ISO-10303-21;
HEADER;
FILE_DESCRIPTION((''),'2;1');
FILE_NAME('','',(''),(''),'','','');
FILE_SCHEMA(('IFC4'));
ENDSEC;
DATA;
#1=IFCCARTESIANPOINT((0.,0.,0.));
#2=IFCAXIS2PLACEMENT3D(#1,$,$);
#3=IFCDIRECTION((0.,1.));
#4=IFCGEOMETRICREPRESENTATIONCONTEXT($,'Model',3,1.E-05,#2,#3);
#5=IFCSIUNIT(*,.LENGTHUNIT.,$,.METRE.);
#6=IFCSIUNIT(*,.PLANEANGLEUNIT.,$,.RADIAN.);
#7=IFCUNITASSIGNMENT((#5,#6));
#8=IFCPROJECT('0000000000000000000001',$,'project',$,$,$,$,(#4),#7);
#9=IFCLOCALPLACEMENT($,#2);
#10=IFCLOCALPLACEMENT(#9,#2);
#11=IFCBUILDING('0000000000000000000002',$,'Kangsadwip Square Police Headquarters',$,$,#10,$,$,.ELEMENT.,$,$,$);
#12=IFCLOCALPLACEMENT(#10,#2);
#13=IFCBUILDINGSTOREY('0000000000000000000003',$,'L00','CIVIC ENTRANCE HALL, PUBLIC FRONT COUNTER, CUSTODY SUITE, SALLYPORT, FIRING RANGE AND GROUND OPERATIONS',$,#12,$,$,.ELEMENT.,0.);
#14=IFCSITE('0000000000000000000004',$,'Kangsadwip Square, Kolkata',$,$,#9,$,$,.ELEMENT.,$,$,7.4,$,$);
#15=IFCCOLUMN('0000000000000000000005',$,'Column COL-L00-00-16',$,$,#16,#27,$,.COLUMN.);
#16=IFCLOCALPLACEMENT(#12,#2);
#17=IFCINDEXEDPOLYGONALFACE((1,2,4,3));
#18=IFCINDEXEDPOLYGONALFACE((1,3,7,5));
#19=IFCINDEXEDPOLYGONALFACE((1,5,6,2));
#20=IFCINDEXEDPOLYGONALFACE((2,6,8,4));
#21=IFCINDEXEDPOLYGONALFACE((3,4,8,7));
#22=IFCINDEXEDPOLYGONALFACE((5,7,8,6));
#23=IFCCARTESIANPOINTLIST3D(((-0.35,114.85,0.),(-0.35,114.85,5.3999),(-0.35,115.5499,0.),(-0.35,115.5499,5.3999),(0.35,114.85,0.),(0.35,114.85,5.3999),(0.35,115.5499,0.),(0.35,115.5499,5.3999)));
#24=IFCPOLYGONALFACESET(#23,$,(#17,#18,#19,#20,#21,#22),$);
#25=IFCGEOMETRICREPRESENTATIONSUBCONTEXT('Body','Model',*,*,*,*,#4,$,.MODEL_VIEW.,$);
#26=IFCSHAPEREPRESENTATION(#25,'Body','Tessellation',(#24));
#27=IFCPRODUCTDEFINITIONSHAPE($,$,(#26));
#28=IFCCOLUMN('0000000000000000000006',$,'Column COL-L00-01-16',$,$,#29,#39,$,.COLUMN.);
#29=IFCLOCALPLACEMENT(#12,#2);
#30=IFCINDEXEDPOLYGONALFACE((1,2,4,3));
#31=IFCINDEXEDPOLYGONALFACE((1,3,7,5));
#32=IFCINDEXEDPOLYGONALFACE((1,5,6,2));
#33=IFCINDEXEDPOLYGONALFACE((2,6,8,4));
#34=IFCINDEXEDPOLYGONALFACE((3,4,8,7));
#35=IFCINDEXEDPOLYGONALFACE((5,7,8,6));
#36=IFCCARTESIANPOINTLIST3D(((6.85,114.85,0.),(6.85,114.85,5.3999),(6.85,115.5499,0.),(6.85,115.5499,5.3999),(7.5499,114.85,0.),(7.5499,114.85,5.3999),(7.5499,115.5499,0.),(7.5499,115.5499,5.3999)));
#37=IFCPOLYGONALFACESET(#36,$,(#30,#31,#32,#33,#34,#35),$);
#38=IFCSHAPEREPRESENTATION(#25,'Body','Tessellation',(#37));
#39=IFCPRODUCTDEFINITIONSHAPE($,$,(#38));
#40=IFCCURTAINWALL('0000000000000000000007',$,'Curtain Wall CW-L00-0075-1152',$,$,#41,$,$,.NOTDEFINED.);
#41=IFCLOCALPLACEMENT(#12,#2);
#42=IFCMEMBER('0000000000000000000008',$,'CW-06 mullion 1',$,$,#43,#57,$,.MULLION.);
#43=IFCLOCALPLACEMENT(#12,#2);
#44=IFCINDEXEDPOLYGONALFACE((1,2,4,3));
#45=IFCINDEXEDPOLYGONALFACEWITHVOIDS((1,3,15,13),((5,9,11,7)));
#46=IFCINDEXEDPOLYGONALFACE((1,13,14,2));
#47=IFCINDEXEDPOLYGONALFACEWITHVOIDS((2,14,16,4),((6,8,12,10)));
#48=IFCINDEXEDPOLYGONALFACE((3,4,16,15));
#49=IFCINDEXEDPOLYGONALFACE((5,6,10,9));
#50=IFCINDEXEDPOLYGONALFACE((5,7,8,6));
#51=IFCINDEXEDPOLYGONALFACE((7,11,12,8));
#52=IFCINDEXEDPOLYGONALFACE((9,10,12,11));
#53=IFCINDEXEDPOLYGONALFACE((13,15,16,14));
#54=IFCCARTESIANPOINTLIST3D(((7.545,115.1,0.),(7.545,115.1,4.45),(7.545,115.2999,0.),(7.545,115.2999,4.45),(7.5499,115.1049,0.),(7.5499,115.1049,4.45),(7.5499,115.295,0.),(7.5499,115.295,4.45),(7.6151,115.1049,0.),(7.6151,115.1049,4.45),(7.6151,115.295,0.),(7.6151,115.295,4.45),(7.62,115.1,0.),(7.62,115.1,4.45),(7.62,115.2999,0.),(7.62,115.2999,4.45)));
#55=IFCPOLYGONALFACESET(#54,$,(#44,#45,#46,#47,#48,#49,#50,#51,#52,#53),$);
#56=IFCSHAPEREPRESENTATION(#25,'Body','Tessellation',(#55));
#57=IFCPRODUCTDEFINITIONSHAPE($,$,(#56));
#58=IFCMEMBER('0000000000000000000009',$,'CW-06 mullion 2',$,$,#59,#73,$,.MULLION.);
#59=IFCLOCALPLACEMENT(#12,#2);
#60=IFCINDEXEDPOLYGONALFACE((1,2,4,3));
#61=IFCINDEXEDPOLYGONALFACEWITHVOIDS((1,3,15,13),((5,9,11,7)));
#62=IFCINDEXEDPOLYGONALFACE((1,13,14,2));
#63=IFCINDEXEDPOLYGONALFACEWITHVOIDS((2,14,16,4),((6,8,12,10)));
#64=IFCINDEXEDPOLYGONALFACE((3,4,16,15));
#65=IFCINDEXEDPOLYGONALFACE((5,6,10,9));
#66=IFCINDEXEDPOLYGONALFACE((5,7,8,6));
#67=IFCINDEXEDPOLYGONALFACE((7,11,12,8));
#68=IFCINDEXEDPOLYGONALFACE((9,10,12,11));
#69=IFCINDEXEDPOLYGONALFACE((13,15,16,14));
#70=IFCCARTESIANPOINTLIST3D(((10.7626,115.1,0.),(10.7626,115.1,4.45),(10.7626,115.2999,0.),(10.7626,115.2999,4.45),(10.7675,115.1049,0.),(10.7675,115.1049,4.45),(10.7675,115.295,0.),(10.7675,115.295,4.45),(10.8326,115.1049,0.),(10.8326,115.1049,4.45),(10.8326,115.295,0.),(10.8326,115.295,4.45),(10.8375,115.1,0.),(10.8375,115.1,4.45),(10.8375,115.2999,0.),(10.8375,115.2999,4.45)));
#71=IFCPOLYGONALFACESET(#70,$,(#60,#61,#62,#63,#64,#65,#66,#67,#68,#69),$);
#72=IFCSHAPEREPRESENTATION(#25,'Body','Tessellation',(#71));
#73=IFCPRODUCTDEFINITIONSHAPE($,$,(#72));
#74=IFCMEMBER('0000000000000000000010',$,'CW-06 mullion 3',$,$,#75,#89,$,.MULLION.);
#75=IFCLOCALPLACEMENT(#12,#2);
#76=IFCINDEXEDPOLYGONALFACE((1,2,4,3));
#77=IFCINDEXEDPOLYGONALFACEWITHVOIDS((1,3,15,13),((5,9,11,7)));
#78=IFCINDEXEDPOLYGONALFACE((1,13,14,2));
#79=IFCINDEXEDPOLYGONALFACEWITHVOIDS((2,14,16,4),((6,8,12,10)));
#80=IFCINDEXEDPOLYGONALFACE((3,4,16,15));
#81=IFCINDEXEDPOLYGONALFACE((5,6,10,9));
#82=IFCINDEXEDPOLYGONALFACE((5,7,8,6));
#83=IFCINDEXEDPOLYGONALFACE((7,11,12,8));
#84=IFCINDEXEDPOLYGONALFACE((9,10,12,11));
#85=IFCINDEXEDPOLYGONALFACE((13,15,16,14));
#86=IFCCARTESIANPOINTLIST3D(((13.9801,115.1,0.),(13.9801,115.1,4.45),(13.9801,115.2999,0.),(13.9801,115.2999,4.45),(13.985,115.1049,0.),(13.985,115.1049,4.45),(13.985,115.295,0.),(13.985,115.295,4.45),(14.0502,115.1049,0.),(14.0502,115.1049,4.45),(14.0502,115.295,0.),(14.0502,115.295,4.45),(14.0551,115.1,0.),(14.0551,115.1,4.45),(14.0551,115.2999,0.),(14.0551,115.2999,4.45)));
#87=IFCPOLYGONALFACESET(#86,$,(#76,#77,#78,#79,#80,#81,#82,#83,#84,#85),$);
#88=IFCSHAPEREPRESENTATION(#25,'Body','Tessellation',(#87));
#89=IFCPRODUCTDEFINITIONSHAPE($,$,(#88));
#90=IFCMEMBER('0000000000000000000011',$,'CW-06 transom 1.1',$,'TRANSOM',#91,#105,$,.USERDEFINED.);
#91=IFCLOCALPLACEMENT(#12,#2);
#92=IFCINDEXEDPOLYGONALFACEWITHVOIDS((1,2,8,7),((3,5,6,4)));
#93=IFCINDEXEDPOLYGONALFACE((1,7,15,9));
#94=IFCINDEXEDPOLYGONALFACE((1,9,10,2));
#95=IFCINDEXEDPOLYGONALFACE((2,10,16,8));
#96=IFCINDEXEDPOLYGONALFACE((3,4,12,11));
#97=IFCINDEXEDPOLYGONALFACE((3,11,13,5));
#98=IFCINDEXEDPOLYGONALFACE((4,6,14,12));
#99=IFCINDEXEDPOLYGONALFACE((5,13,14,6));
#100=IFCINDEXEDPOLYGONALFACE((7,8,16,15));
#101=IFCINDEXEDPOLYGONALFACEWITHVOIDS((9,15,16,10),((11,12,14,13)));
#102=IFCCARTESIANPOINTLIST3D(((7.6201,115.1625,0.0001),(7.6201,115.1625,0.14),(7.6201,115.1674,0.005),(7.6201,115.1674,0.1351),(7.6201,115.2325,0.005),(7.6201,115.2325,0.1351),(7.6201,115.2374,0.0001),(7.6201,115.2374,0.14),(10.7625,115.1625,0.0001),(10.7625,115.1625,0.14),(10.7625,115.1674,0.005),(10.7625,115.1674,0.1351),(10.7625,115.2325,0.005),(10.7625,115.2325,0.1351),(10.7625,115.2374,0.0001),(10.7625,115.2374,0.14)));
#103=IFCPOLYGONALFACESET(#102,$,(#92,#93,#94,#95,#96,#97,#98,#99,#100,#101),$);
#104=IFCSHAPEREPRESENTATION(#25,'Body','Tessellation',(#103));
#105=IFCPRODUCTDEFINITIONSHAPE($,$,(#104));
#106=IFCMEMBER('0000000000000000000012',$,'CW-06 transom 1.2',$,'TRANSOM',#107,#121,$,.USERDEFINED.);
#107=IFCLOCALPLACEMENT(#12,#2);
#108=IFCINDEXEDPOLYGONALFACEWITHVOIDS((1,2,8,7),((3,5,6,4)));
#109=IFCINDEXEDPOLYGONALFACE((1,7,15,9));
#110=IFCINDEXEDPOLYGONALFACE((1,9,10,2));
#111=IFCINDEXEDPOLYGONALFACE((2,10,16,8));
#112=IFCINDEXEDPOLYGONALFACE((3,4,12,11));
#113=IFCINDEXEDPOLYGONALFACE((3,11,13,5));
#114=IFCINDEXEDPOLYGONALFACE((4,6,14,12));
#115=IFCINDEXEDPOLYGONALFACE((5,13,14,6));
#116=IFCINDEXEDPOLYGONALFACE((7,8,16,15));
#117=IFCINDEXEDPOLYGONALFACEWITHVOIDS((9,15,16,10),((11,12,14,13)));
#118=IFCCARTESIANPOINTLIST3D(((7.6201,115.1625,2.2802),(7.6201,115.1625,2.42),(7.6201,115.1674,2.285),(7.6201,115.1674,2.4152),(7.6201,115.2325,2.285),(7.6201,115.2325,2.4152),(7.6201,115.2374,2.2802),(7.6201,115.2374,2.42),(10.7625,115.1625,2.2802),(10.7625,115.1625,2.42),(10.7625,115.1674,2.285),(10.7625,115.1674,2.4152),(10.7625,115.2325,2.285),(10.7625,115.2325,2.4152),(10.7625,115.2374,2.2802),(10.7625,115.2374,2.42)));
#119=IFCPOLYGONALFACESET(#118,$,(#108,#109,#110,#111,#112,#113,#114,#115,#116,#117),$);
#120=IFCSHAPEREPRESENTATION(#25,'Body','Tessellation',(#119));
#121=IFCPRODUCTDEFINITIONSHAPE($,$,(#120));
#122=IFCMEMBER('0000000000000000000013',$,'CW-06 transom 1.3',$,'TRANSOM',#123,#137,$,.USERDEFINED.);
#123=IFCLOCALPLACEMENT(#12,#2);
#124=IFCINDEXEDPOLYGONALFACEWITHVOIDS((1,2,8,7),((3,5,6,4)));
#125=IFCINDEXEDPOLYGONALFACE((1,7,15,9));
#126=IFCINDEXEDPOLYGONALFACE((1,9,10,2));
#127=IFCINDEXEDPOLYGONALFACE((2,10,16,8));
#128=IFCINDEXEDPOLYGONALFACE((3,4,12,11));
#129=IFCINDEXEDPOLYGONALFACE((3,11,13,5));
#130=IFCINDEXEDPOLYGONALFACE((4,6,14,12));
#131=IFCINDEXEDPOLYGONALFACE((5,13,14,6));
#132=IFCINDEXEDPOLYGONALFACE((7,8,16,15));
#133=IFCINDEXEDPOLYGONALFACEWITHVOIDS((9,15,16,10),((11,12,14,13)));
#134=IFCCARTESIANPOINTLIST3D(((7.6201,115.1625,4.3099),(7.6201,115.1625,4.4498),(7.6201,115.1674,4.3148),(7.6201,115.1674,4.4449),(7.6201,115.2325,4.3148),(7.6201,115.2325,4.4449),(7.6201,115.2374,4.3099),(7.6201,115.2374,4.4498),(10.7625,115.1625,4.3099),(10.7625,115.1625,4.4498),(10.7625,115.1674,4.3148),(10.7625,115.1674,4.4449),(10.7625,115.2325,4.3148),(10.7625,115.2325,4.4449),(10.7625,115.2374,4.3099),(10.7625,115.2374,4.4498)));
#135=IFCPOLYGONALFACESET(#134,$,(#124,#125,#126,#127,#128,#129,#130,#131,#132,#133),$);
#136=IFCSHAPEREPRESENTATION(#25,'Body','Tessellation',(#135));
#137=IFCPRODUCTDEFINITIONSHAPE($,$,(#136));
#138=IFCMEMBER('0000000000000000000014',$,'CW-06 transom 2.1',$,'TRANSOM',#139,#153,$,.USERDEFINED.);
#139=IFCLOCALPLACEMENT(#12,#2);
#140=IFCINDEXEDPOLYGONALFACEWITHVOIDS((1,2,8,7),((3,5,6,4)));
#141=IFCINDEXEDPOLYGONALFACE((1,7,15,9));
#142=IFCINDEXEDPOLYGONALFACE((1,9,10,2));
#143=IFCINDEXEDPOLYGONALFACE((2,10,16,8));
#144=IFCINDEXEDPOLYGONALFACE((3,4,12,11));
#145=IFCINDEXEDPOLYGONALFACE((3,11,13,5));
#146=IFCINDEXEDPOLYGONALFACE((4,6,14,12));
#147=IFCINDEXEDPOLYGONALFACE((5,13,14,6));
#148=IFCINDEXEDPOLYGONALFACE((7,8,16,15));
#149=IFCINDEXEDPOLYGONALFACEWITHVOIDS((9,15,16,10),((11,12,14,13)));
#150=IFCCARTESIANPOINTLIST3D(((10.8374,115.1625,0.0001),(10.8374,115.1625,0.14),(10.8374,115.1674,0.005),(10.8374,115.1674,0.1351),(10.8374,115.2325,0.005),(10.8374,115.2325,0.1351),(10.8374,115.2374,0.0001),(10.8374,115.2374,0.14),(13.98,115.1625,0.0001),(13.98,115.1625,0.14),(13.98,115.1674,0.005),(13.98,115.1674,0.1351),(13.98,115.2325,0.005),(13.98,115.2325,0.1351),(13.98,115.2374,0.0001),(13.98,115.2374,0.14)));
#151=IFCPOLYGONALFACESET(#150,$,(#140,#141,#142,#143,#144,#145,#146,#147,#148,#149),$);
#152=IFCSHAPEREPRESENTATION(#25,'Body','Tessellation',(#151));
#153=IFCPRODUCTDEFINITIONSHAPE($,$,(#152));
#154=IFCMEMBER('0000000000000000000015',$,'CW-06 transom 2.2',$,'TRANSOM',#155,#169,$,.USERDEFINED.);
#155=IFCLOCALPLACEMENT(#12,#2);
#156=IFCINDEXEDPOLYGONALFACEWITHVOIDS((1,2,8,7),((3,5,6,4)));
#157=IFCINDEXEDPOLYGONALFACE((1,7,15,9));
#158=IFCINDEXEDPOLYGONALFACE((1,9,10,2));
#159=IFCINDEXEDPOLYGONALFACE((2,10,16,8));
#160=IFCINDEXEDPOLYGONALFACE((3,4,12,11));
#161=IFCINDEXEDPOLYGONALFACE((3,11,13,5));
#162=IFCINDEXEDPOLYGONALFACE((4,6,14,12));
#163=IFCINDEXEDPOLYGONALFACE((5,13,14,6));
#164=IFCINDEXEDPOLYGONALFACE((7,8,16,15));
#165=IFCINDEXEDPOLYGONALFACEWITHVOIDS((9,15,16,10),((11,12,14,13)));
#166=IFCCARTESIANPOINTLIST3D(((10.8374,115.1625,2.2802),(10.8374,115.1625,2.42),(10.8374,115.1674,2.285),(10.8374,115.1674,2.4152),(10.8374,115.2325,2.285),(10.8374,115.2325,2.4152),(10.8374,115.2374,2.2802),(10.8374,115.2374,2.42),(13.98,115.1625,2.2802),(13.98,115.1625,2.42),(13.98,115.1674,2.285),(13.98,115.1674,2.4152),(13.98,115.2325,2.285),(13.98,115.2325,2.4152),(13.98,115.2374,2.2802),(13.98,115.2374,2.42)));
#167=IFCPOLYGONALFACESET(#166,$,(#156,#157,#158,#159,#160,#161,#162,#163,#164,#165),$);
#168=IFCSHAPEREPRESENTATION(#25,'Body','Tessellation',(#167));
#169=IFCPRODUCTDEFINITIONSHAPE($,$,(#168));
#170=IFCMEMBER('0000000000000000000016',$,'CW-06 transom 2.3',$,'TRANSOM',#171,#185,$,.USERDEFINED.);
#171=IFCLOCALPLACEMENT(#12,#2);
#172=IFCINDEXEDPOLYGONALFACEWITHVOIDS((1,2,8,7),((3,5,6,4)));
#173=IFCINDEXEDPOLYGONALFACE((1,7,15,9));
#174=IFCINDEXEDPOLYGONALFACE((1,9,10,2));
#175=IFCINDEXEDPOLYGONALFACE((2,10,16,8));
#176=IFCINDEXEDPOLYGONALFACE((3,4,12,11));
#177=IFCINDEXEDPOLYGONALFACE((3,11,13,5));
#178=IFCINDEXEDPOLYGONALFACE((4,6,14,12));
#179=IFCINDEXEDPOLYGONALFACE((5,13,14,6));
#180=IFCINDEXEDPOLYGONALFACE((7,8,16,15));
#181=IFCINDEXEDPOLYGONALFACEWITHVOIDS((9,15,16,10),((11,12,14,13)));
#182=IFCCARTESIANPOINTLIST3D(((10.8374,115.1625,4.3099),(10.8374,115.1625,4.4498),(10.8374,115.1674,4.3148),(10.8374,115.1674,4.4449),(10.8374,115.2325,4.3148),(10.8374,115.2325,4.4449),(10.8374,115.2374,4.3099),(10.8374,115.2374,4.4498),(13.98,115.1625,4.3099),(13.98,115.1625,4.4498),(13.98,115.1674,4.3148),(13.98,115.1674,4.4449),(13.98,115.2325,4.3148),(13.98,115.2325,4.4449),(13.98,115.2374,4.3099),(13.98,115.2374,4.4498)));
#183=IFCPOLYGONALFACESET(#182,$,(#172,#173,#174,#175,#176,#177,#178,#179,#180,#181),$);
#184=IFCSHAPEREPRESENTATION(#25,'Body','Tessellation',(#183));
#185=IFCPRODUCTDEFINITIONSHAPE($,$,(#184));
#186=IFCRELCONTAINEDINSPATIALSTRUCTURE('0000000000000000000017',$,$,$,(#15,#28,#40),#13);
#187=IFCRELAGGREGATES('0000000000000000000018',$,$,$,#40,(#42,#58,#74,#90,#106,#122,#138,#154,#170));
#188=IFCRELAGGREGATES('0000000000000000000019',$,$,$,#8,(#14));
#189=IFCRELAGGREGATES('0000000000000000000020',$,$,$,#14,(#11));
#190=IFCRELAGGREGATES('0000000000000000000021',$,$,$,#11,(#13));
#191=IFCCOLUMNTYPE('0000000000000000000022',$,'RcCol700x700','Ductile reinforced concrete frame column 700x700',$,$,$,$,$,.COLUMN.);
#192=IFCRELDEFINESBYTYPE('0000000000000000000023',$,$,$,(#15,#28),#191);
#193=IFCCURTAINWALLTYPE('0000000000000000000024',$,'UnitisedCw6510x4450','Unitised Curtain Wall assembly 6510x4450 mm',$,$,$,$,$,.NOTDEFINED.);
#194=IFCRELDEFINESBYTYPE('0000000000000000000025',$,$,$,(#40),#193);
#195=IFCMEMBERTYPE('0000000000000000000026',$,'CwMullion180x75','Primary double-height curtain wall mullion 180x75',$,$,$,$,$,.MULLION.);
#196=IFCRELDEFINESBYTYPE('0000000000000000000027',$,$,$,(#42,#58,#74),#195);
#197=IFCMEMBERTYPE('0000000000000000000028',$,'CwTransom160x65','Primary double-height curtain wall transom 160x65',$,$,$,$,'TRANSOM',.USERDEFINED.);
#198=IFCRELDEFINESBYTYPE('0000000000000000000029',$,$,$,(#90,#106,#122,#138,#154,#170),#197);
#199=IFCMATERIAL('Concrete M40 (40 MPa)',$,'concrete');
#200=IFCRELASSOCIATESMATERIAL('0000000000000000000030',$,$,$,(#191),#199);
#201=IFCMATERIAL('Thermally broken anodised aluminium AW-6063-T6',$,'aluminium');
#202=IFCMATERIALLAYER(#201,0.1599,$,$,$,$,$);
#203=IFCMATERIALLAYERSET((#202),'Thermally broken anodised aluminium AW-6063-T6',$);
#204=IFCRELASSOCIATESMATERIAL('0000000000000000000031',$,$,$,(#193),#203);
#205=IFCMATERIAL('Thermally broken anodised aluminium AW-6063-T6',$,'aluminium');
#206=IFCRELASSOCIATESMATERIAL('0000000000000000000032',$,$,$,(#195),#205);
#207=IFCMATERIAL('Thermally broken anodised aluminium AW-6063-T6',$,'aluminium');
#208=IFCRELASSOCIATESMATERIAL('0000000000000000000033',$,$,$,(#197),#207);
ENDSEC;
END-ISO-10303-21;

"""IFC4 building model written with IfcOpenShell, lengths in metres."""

from ifc_helpers import new_model, si_unit, direction, frame, origin, origin_2d, place, context, subcontext, project, spatial, rectangle, hollow_rectangle, extrude, material, layer, layer_set, material_profile, profile_set, type_object, element, aggregate, save


model = new_model("IFC4")

# Units and contexts
model_context = context("Model", 3, precision=1e-05, world=origin(), true_north=direction((0.0, 1.0)))
body_context = subcontext(model_context, "Body", "Model", "MODEL_VIEW")
ifc_project = project(units=[si_unit("LENGTHUNIT", "METRE"), si_unit("PLANEANGLEUNIT", "RADIAN")], contexts=[model_context])

# Site, building, storey
site_placement = place(None, origin())
site = spatial("IfcSite", under=ifc_project, at=site_placement, Name="Kangsadwip Square, Kolkata", CompositionType="ELEMENT", RefElevation=7.4)
building_placement = place(site_placement, origin())
building = spatial("IfcBuilding", under=site, at=building_placement, Name="Kangsadwip Square Police Headquarters", CompositionType="ELEMENT")
storey_placement = place(building_placement, origin())
storey = spatial("IfcBuildingStorey", under=building, at=storey_placement, Name="L00", Description="CIVIC ENTRANCE HALL, PUBLIC FRONT COUNTER, CUSTODY SUITE, SALLYPORT, FIRING RANGE AND GROUND OPERATIONS", CompositionType="ELEMENT", Elevation=0.0)

# Columns
ifc_material_1 = material(Name="Concrete M40 (40 MPa)", Category="concrete")
ifc_material_profile_1 = material_profile(ifc_material_1, rectangle(XDim=0.7, YDim=0.7, at=origin_2d()), Name="RC COL 700X700")
ifc_profile_set_1 = profile_set([ifc_material_profile_1], Name="Concrete M40 (40 MPa)")
column_type = type_object("IfcColumnType", Name="RcCol700x700", Description="Ductile reinforced concrete frame column 700x700", PredefinedType="COLUMN", material=ifc_profile_set_1)
for number, where, z_axis, x_axis, name in (
    (1, (0.0, 115.2, 0.0), (0.0, 0.0, 1.0), (1.0, 0.0, 0.0), "Column COL-L00-00-16"),
    (2, (7.2, 115.2, 0.0), (0.0, 0.0, 1.0), (1.0, 0.0, 0.0), "Column COL-L00-01-16"),
):
    element("IfcColumn", number, at=place(storey_placement, frame(where, z_axis=z_axis, x_axis=x_axis)), inside=storey, type_object=column_type, Name=name, PredefinedType="COLUMN", context=body_context, shape_type="SweptSolid", body=[
        extrude(rectangle(XDim=0.7, YDim=0.7, at=origin_2d()), origin(), (0.0, 0.0, 1.0), 5.3999),
    ])

# Curtain wall, members
ifc_material_2 = material(Name="Thermally broken anodised aluminium AW-6063-T6", Category="aluminium")
ifc_layer_1 = layer(ifc_material_2, 0.1599)
ifc_layer_set_1 = layer_set([ifc_layer_1], Name="Thermally broken anodised aluminium AW-6063-T6")
curtain_wall_type = type_object("IfcCurtainWallType", Name="UnitisedCw6510x4450", Description="Unitised Curtain Wall assembly 6510x4450 mm", PredefinedType="NOTDEFINED", material=ifc_layer_set_1)
curtain_wall_placement = place(storey_placement, origin())
curtain_wall = element("IfcCurtainWall", 3, at=curtain_wall_placement, inside=storey, type_object=curtain_wall_type, Name="Curtain Wall CW-L00-0075-1152", PredefinedType="NOTDEFINED")
ifc_material_3 = material(Name="Thermally broken anodised aluminium AW-6063-T6", Category="aluminium")
ifc_material_profile_2 = material_profile(ifc_material_3, hollow_rectangle(XDim=0.075, YDim=0.2, WallThickness=0.0049, at=origin_2d()), Name="CWM 200X75X5")
ifc_profile_set_2 = profile_set([ifc_material_profile_2], Name="Thermally broken anodised aluminium AW-6063-T6")
member_type_1 = type_object("IfcMemberType", Name="CwMullion180x75", Description="Primary double-height curtain wall mullion 180x75", PredefinedType="MULLION", material=ifc_profile_set_2)
member_1_placement = place(storey_placement, frame((7.5825, 115.2, 0.0), z_axis=(0.0, 0.0, 1.0), x_axis=(1.0, 0.0, 0.0)))
member_1 = element("IfcMember", 4, at=member_1_placement, type_object=member_type_1, Name="CW-06 mullion 1", PredefinedType="MULLION", context=body_context, shape_type="SweptSolid", body=[
    extrude(hollow_rectangle(XDim=0.075, YDim=0.2, WallThickness=0.0049, at=origin_2d()), origin(), (0.0, 0.0, 1.0), 4.45),
])
member_2_placement = place(storey_placement, frame((10.8, 115.2, 0.0), z_axis=(0.0, 0.0, 1.0), x_axis=(1.0, 0.0, 0.0)))
member_2 = element("IfcMember", 5, at=member_2_placement, type_object=member_type_1, Name="CW-06 mullion 2", PredefinedType="MULLION", context=body_context, shape_type="SweptSolid", body=[
    extrude(hollow_rectangle(XDim=0.075, YDim=0.2, WallThickness=0.0049, at=origin_2d()), origin(), (0.0, 0.0, 1.0), 4.45),
])
member_3_placement = place(storey_placement, frame((14.0176, 115.2, 0.0), z_axis=(0.0, 0.0, 1.0), x_axis=(1.0, 0.0, 0.0)))
member_3 = element("IfcMember", 6, at=member_3_placement, type_object=member_type_1, Name="CW-06 mullion 3", PredefinedType="MULLION", context=body_context, shape_type="SweptSolid", body=[
    extrude(hollow_rectangle(XDim=0.075, YDim=0.2, WallThickness=0.0049, at=origin_2d()), origin(), (0.0, 0.0, 1.0), 4.45),
])
ifc_material_4 = material(Name="Thermally broken anodised aluminium AW-6063-T6", Category="aluminium")
ifc_material_profile_3 = material_profile(ifc_material_4, hollow_rectangle(XDim=0.075, YDim=0.1399, WallThickness=0.0049, at=origin_2d()), Name="CWT 140X75X5")
ifc_profile_set_3 = profile_set([ifc_material_profile_3], Name="Thermally broken anodised aluminium AW-6063-T6")
member_type_2 = type_object("IfcMemberType", Name="CwTransom160x65", Description="Primary double-height curtain wall transom 160x65", ElementType="TRANSOM", PredefinedType="USERDEFINED", material=ifc_profile_set_3)
member_4_placement = place(storey_placement, frame((7.6201, 115.2, 0.0701), z_axis=(1.0, 0.0, 0.0), x_axis=(0.0, 1.0, 0.0)))
member_4 = element("IfcMember", 7, at=member_4_placement, type_object=member_type_2, Name="CW-06 transom 1.1", ObjectType="TRANSOM", PredefinedType="USERDEFINED", context=body_context, shape_type="SweptSolid", body=[
    extrude(hollow_rectangle(XDim=0.075, YDim=0.1399, WallThickness=0.0049, at=origin_2d()), origin(), (0.0, 0.0, 1.0), 3.1423),
])
member_5_placement = place(storey_placement, frame((7.6201, 115.2, 2.3501), z_axis=(1.0, 0.0, 0.0), x_axis=(0.0, 1.0, 0.0)))
member_5 = element("IfcMember", 8, at=member_5_placement, type_object=member_type_2, Name="CW-06 transom 1.2", ObjectType="TRANSOM", PredefinedType="USERDEFINED", context=body_context, shape_type="SweptSolid", body=[
    extrude(hollow_rectangle(XDim=0.075, YDim=0.1399, WallThickness=0.0049, at=origin_2d()), origin(), (0.0, 0.0, 1.0), 3.1423),
])
member_6_placement = place(storey_placement, frame((7.6201, 115.2, 4.3799), z_axis=(1.0, 0.0, 0.0), x_axis=(0.0, 1.0, 0.0)))
member_6 = element("IfcMember", 9, at=member_6_placement, type_object=member_type_2, Name="CW-06 transom 1.3", ObjectType="TRANSOM", PredefinedType="USERDEFINED", context=body_context, shape_type="SweptSolid", body=[
    extrude(hollow_rectangle(XDim=0.075, YDim=0.1399, WallThickness=0.0049, at=origin_2d()), origin(), (0.0, 0.0, 1.0), 3.1423),
])
member_7_placement = place(storey_placement, frame((10.8374, 115.2, 0.0701), z_axis=(1.0, 0.0, 0.0), x_axis=(0.0, 1.0, 0.0)))
member_7 = element("IfcMember", 10, at=member_7_placement, type_object=member_type_2, Name="CW-06 transom 2.1", ObjectType="TRANSOM", PredefinedType="USERDEFINED", context=body_context, shape_type="SweptSolid", body=[
    extrude(hollow_rectangle(XDim=0.075, YDim=0.1399, WallThickness=0.0049, at=origin_2d()), origin(), (0.0, 0.0, 1.0), 3.1426),
])
member_8_placement = place(storey_placement, frame((10.8374, 115.2, 2.3501), z_axis=(1.0, 0.0, 0.0), x_axis=(0.0, 1.0, 0.0)))
member_8 = element("IfcMember", 11, at=member_8_placement, type_object=member_type_2, Name="CW-06 transom 2.2", ObjectType="TRANSOM", PredefinedType="USERDEFINED", context=body_context, shape_type="SweptSolid", body=[
    extrude(hollow_rectangle(XDim=0.075, YDim=0.1399, WallThickness=0.0049, at=origin_2d()), origin(), (0.0, 0.0, 1.0), 3.1426),
])
member_9_placement = place(storey_placement, frame((10.8374, 115.2, 4.3799), z_axis=(1.0, 0.0, 0.0), x_axis=(0.0, 1.0, 0.0)))
member_9 = element("IfcMember", 12, at=member_9_placement, type_object=member_type_2, Name="CW-06 transom 2.3", ObjectType="TRANSOM", PredefinedType="USERDEFINED", context=body_context, shape_type="SweptSolid", body=[
    extrude(hollow_rectangle(XDim=0.075, YDim=0.1399, WallThickness=0.0049, at=origin_2d()), origin(), (0.0, 0.0, 1.0), 3.1426),
])

aggregate(curtain_wall, [member_1, member_2, member_3, member_4, member_5, member_6, member_7, member_8, member_9])

save(model, "model.ifc")
